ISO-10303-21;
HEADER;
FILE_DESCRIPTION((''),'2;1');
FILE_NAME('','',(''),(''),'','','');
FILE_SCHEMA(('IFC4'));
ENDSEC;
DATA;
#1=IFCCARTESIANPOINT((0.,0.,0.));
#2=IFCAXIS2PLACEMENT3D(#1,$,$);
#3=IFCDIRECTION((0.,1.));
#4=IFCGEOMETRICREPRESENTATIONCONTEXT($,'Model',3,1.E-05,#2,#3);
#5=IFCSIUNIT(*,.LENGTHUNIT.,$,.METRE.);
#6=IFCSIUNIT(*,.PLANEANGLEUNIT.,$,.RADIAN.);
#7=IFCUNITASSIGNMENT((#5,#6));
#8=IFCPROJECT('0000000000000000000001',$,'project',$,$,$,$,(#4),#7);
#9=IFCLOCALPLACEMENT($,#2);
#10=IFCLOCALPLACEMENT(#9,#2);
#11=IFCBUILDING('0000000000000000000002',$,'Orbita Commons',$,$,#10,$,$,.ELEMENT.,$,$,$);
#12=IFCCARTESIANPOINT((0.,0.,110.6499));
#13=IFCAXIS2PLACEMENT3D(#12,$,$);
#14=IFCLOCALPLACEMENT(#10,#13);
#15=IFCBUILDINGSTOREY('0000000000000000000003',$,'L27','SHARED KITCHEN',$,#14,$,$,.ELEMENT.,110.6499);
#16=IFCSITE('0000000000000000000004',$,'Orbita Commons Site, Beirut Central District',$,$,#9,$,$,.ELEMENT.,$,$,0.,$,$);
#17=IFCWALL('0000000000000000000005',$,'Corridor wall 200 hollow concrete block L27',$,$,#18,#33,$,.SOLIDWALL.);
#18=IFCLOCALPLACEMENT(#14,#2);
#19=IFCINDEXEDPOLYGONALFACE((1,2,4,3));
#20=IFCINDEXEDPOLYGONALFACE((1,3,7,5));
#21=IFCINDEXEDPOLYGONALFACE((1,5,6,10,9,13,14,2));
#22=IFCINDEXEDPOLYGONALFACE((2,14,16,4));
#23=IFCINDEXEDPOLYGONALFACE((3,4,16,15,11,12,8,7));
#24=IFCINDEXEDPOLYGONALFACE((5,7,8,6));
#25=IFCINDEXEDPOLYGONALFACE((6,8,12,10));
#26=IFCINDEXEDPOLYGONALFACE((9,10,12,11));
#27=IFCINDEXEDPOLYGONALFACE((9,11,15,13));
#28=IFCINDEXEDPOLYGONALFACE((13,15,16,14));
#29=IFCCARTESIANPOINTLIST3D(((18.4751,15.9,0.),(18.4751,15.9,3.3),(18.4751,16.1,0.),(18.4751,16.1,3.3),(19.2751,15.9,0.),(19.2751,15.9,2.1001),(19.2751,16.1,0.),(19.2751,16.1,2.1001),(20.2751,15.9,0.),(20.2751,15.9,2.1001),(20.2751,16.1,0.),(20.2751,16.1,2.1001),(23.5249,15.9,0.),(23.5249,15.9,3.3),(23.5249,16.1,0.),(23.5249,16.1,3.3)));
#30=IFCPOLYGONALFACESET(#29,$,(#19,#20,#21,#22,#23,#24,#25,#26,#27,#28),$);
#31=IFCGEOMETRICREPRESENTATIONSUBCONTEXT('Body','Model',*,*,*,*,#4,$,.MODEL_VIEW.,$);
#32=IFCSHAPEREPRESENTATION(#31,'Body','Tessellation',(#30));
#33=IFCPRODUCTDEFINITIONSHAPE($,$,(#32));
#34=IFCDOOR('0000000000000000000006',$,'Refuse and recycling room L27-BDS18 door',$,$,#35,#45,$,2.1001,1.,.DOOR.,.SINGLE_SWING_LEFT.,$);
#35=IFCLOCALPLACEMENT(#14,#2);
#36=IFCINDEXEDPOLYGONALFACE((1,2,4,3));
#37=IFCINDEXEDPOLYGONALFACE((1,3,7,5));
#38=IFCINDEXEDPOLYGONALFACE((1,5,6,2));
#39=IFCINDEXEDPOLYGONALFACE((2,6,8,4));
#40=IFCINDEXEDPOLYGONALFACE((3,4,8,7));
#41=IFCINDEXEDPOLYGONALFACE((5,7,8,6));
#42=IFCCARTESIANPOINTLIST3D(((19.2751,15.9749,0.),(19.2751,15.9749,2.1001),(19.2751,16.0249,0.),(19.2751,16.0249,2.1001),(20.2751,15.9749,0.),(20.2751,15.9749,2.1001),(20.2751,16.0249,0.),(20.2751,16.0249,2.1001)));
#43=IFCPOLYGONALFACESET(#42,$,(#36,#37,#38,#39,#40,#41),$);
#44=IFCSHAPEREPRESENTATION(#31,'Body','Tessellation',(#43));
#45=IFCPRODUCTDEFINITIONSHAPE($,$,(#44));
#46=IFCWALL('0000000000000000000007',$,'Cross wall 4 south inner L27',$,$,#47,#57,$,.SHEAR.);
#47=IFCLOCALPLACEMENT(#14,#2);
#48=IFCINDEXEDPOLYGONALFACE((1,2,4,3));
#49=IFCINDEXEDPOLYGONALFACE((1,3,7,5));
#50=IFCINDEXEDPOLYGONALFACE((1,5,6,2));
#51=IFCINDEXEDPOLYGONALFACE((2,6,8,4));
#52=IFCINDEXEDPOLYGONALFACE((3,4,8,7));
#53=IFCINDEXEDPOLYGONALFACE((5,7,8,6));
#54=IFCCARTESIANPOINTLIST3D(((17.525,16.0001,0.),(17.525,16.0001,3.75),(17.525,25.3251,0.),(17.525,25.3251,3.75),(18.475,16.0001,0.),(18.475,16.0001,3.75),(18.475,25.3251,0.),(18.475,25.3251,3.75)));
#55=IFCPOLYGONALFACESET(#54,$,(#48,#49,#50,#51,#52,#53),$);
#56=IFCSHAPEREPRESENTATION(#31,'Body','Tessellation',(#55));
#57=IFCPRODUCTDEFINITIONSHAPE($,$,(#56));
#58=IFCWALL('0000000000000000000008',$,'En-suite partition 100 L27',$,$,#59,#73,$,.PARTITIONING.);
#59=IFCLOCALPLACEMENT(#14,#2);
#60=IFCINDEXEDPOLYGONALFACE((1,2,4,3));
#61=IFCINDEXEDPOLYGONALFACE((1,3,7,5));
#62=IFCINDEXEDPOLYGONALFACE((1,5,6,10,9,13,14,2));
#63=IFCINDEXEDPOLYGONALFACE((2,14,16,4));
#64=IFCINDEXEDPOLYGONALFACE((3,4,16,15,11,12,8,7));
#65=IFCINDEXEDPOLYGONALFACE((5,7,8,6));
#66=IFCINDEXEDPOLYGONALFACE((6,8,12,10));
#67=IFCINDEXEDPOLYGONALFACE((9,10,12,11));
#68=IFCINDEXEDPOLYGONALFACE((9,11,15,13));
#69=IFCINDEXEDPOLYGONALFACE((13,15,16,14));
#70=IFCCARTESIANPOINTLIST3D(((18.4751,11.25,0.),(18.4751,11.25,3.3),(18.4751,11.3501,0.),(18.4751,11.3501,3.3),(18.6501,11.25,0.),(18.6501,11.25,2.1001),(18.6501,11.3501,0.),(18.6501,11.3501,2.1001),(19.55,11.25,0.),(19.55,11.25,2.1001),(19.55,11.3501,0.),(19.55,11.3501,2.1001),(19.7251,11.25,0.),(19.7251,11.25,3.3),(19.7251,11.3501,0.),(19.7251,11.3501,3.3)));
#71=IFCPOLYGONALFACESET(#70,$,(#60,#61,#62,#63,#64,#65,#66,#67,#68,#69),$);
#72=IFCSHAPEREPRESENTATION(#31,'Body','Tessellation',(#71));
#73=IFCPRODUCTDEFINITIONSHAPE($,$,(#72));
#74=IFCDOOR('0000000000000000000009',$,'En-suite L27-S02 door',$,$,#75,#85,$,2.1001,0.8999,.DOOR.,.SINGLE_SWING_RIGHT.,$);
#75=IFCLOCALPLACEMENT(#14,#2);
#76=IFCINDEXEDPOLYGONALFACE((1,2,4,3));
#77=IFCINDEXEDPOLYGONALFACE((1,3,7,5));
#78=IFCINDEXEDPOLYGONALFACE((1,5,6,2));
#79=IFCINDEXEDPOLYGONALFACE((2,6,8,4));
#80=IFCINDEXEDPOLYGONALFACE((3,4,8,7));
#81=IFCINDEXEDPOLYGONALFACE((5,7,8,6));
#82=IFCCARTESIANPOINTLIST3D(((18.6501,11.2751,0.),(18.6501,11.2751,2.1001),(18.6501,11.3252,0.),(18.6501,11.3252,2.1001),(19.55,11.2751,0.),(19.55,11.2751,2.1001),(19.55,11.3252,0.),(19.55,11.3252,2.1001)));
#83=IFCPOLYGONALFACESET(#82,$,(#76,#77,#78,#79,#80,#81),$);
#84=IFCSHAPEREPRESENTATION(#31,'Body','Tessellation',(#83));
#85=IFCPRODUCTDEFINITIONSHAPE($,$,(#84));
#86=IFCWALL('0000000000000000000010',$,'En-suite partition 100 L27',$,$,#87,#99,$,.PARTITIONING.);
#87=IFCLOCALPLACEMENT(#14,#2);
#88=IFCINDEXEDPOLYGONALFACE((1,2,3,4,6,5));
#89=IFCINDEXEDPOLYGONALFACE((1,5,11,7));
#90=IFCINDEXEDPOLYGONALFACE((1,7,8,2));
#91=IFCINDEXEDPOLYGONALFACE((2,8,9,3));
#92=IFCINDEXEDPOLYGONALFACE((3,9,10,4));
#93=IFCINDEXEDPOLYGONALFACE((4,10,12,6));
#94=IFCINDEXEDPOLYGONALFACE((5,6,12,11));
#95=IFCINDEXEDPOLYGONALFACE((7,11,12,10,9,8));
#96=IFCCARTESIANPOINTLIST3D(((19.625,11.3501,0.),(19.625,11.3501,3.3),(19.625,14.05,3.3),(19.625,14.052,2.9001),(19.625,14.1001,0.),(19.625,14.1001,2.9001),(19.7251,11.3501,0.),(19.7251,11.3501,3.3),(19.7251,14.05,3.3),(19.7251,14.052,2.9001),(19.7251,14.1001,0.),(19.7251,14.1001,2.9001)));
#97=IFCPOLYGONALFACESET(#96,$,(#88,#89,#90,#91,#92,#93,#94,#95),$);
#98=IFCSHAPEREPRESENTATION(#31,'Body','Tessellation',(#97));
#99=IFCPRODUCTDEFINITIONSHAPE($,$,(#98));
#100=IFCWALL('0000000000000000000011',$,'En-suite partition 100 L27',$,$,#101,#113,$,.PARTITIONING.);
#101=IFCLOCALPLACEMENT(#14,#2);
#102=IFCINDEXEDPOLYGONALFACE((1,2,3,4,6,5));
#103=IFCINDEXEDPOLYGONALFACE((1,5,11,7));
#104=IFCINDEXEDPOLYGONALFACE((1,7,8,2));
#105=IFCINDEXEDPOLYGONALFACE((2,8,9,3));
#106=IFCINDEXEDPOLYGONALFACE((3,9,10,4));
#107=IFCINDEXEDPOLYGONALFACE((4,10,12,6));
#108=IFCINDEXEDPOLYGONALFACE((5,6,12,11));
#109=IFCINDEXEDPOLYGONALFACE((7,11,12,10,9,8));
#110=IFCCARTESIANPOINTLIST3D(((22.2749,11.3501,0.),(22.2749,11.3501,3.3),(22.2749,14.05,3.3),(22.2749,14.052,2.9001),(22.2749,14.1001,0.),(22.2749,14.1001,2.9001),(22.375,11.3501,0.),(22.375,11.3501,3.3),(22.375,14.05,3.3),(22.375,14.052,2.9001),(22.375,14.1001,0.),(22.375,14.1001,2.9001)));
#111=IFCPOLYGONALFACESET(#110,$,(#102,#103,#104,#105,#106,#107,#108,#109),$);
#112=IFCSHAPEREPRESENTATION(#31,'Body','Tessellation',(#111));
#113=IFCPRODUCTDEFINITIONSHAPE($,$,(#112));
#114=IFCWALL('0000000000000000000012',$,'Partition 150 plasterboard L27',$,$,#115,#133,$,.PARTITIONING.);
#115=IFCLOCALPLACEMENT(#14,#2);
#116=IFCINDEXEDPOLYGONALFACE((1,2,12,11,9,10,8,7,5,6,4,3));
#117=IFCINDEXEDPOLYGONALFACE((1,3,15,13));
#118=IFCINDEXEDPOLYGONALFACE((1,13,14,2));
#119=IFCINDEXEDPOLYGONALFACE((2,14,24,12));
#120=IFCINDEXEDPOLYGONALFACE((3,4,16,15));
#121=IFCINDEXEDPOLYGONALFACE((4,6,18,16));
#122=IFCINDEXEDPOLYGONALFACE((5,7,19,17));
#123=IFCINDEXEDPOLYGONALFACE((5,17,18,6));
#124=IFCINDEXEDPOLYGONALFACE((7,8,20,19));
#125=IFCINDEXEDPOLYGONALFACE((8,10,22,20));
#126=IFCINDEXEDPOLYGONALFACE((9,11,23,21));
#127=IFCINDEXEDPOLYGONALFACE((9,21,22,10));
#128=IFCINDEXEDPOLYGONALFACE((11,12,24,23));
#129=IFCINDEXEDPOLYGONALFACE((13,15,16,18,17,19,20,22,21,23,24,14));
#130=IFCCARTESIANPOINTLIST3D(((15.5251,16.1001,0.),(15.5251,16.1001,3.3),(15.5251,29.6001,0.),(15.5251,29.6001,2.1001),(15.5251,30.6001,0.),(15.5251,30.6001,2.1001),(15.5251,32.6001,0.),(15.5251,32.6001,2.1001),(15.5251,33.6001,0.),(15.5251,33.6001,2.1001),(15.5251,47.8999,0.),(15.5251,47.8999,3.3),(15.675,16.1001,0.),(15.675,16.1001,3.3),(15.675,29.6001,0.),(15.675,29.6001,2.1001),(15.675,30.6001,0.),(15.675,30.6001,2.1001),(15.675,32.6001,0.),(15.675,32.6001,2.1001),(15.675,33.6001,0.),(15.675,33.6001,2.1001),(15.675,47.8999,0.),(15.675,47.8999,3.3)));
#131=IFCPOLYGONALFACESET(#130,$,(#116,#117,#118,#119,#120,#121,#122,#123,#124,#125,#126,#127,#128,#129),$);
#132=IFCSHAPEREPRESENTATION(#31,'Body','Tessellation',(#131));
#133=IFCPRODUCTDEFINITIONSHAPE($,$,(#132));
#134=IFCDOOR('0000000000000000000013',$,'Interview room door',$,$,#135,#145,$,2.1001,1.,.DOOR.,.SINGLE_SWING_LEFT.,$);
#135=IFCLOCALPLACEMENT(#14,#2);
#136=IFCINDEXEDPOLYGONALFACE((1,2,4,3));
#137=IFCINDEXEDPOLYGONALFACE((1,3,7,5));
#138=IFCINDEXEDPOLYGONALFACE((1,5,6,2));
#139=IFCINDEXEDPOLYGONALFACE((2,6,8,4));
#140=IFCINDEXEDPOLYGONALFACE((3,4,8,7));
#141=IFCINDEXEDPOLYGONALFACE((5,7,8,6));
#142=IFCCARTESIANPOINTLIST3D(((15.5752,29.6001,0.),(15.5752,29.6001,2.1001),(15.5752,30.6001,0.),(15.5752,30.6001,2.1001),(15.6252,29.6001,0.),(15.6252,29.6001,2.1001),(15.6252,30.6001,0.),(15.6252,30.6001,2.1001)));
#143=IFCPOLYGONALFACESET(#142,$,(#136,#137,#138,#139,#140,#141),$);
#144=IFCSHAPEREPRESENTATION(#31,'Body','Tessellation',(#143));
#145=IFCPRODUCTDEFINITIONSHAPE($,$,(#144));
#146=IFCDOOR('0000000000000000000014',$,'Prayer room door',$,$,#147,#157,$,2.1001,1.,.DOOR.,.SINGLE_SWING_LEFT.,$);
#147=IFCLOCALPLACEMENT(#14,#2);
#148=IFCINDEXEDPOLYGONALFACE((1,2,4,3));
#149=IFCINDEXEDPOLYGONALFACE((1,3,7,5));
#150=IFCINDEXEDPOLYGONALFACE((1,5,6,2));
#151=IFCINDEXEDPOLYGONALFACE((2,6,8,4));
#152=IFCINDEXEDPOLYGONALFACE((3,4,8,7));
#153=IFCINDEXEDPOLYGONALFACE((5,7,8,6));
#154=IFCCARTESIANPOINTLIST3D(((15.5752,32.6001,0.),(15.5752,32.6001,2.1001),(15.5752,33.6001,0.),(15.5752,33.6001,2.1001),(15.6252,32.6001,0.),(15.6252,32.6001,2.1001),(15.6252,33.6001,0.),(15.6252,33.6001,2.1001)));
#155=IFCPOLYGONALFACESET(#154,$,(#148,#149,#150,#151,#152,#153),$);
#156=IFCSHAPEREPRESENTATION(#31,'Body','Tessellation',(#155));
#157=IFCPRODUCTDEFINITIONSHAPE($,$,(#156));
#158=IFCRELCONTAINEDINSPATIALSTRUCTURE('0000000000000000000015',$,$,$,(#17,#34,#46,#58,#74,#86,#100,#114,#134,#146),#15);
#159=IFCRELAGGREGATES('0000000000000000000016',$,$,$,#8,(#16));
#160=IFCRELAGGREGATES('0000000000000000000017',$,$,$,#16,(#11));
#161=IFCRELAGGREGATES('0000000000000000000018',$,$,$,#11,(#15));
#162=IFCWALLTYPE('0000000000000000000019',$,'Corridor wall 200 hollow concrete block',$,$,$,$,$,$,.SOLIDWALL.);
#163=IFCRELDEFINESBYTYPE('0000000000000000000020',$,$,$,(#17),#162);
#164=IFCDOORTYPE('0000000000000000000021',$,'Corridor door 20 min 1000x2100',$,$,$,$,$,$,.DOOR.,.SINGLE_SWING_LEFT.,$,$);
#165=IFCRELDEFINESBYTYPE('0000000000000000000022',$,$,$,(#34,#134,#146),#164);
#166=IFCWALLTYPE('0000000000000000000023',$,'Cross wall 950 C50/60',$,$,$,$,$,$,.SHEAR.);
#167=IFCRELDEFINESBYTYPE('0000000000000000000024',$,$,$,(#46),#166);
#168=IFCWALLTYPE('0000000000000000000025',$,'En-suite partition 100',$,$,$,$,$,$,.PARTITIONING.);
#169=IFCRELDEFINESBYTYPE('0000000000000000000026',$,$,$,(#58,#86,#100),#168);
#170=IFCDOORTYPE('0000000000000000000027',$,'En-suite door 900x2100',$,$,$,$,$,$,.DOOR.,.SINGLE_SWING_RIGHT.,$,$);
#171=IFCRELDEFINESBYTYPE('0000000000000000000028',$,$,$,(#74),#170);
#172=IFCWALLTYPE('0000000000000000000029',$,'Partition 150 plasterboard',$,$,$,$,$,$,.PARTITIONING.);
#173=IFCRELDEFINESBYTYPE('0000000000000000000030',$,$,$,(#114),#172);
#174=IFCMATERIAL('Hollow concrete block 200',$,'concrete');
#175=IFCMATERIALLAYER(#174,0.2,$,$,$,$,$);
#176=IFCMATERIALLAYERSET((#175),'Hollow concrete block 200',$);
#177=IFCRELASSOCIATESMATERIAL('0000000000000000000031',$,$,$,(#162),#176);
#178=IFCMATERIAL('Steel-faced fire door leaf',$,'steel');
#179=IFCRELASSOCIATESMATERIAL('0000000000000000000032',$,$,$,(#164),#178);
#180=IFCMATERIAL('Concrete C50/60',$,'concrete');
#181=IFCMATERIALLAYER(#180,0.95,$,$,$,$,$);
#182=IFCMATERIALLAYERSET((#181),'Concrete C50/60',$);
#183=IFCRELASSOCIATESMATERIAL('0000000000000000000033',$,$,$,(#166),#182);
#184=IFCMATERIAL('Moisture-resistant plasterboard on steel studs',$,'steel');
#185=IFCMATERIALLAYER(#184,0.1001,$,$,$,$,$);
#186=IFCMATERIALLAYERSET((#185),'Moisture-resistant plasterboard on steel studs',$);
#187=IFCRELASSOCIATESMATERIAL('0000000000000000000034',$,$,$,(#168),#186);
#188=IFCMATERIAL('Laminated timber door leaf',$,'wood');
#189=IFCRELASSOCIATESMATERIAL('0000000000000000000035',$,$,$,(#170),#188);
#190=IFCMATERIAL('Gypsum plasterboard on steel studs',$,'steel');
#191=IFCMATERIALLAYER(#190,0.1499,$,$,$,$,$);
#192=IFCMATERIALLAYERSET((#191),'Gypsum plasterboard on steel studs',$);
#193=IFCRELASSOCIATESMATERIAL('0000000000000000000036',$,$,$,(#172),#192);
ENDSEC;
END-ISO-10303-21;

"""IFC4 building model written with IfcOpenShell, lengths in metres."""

from ifc_helpers import new_model, si_unit, direction, frame, frame_2d, origin, place, context, subcontext, project, spatial, polyline, rectangle, outline, extrude, material, layer, layer_set, type_object, element, fill, save


model = new_model("IFC4")

# Units and contexts
model_context = context("Model", 3, precision=1e-05, world=origin(), true_north=direction((0.0, 1.0)))
body_context = subcontext(model_context, "Body", "Model", "MODEL_VIEW")
ifc_project = project(units=[si_unit("LENGTHUNIT", "METRE"), si_unit("PLANEANGLEUNIT", "RADIAN")], contexts=[model_context])

# Site, building, storey
site_placement = place(None, origin())
site = spatial("IfcSite", under=ifc_project, at=site_placement, Name="Orbita Commons Site, Beirut Central District", CompositionType="ELEMENT", RefElevation=0.0)
building_placement = place(site_placement, origin())
building = spatial("IfcBuilding", under=site, at=building_placement, Name="Orbita Commons", CompositionType="ELEMENT")
storey_placement = place(building_placement, frame((0.0, 0.0, 110.6499)))
storey = spatial("IfcBuildingStorey", under=building, at=storey_placement, Name="L27", Description="SHARED KITCHEN", CompositionType="ELEMENT", Elevation=110.6499)

# Wall, opening, door
ifc_material_1 = material(Name="Hollow concrete block 200", Category="concrete")
ifc_layer_1 = layer(ifc_material_1, 0.2)
ifc_layer_set_1 = layer_set([ifc_layer_1], Name="Hollow concrete block 200")
wall_type_1 = type_object("IfcWallType", Name="Corridor wall 200 hollow concrete block", PredefinedType="SOLIDWALL", material=ifc_layer_set_1)
wall_1_placement = place(storey_placement, frame((18.4751, 16.0, 0.0), z_axis=(0.0, 0.0, 1.0), x_axis=(1.0, 0.0, 0.0)))
wall_1 = element("IfcWall", 1, at=wall_1_placement, inside=storey, type_object=wall_type_1, Name="Corridor wall 200 hollow concrete block L27", PredefinedType="SOLIDWALL", context=body_context, shape_type="SweptSolid", body=[
    extrude(rectangle(XDim=5.0498, YDim=0.2, at=frame_2d((2.5249, 0.0))), origin(), (0.0, 0.0, 1.0), 3.3),
])
opening_1_placement = place(wall_1_placement, frame((0.8, 0.0, 0.0)))
opening_1 = element("IfcOpeningElement", 2, at=opening_1_placement, cuts=wall_1, PredefinedType="OPENING", context=body_context, shape_type="SweptSolid", body=[
    extrude(rectangle(XDim=1.0, YDim=2.1001, at=frame_2d((0.5, 1.05))), frame((0.0, 0.1099, 0.0), z_axis=(0.0, -1.0, 0.0), x_axis=(1.0, 0.0, 0.0)), (0.0, 0.0, 1.0), 0.22),
])
ifc_material_2 = material(Name="Steel-faced fire door leaf", Category="steel")
door_type_1 = type_object("IfcDoorType", Name="Corridor door 20 min 1000x2100", OperationType="SINGLE_SWING_LEFT", PredefinedType="DOOR", material=ifc_material_2)
door_1_placement = place(opening_1_placement, origin())
door_1 = element("IfcDoor", 3, at=door_1_placement, inside=storey, type_object=door_type_1, Name="Refuse and recycling room L27-BDS18 door", OperationType="SINGLE_SWING_LEFT", OverallHeight=2.1001, OverallWidth=1.0, PredefinedType="DOOR", context=body_context, shape_type="SweptSolid", body=[
    extrude(rectangle(XDim=1.0, YDim=2.1001, at=frame_2d((0.5, 1.05))), frame((0.0, 0.0249, 0.0), z_axis=(0.0, -1.0, 0.0), x_axis=(1.0, 0.0, 0.0)), (0.0, 0.0, 1.0), 0.05),
])
fill(opening_1, door_1)

# Wall
ifc_material_3 = material(Name="Concrete C50/60", Category="concrete")
ifc_layer_2 = layer(ifc_material_3, 0.95)
ifc_layer_set_2 = layer_set([ifc_layer_2], Name="Concrete C50/60")
wall_type_2 = type_object("IfcWallType", Name="Cross wall 950 C50/60", PredefinedType="SHEAR", material=ifc_layer_set_2)
wall_2_placement = place(storey_placement, frame((18.0, 16.0, 0.0), z_axis=(0.0, 0.0, 1.0), x_axis=(0.0, 1.0, 0.0)))
element("IfcWall", 4, at=wall_2_placement, inside=storey, type_object=wall_type_2, Name="Cross wall 4 south inner L27", PredefinedType="SHEAR", context=body_context, shape_type="SweptSolid", body=[
    extrude(rectangle(XDim=9.325, YDim=0.95, at=frame_2d((4.6626, 0.0))), origin(), (0.0, 0.0, 1.0), 3.75),
])

# Wall, opening, door
ifc_material_4 = material(Name="Moisture-resistant plasterboard on steel studs", Category="steel")
ifc_layer_3 = layer(ifc_material_4, 0.1001)
ifc_layer_set_3 = layer_set([ifc_layer_3], Name="Moisture-resistant plasterboard on steel studs")
wall_type_3 = type_object("IfcWallType", Name="En-suite partition 100", PredefinedType="PARTITIONING", material=ifc_layer_set_3)
wall_3_placement = place(storey_placement, frame((19.7251, 11.3, 0.0), z_axis=(0.0, 0.0, 1.0), x_axis=(-1.0, 0.0, 0.0)))
wall_3 = element("IfcWall", 5, at=wall_3_placement, inside=storey, type_object=wall_type_3, Name="En-suite partition 100 L27", PredefinedType="PARTITIONING", context=body_context, shape_type="SweptSolid", body=[
    extrude(rectangle(XDim=1.25, YDim=0.1001, at=frame_2d((0.625, 0.0))), origin(), (0.0, 0.0, 1.0), 3.3),
])
opening_2_placement = place(wall_3_placement, frame((0.175, 0.0, 0.0)))
opening_2 = element("IfcOpeningElement", 6, at=opening_2_placement, cuts=wall_3, PredefinedType="OPENING", context=body_context, shape_type="SweptSolid", body=[
    extrude(rectangle(XDim=0.8999, YDim=2.1001, at=frame_2d((0.45, 1.05))), frame((0.0, 0.0601, 0.0), z_axis=(0.0, -1.0, 0.0), x_axis=(1.0, 0.0, 0.0)), (0.0, 0.0, 1.0), 0.1201),
])
ifc_material_5 = material(Name="Laminated timber door leaf", Category="wood")
door_type_2 = type_object("IfcDoorType", Name="En-suite door 900x2100", OperationType="SINGLE_SWING_RIGHT", PredefinedType="DOOR", material=ifc_material_5)
door_2_placement = place(opening_2_placement, origin())
door_2 = element("IfcDoor", 7, at=door_2_placement, inside=storey, type_object=door_type_2, Name="En-suite L27-S02 door", OperationType="SINGLE_SWING_RIGHT", OverallHeight=2.1001, OverallWidth=0.8999, PredefinedType="DOOR", context=body_context, shape_type="SweptSolid", body=[
    extrude(rectangle(XDim=0.8999, YDim=2.1001, at=frame_2d((0.45, 1.05))), frame((0.0, 0.0249, 0.0), z_axis=(0.0, -1.0, 0.0), x_axis=(1.0, 0.0, 0.0)), (0.0, 0.0, 1.0), 0.05),
])
fill(opening_2, door_2)

# Walls
for number, where, z_axis, x_axis, name in (
    (8, (19.675, 11.3501, 0.0), (0.0, 0.0, 1.0), (0.0, 1.0, 0.0), "En-suite partition 100 L27"),
    (9, (22.325, 11.3501, 0.0), (0.0, 0.0, 1.0), (0.0, 1.0, 0.0), "En-suite partition 100 L27"),
):
    element("IfcWall", number, at=place(storey_placement, frame(where, z_axis=z_axis, x_axis=x_axis)), inside=storey, type_object=wall_type_3, Name=name, PredefinedType="PARTITIONING", context=body_context, shape_type="SweptSolid", body=[
        extrude(outline(polyline([(0.0, 0.0), (2.75, 0.0), (2.75, 2.9001), (2.7019, 2.9001), (2.7, 3.3), (0.0, 3.3), (0.0, 0.0)])), frame((0.0, 0.05, 0.0), z_axis=(0.0, -1.0, 0.0), x_axis=(1.0, 0.0, 0.0)), (0.0, 0.0, 1.0), 0.1001),
    ])

# Wall, openings, doors
ifc_material_6 = material(Name="Gypsum plasterboard on steel studs", Category="steel")
ifc_layer_4 = layer(ifc_material_6, 0.1499)
ifc_layer_set_4 = layer_set([ifc_layer_4], Name="Gypsum plasterboard on steel studs")
wall_type_4 = type_object("IfcWallType", Name="Partition 150 plasterboard", PredefinedType="PARTITIONING", material=ifc_layer_set_4)
wall_4_placement = place(storey_placement, frame((15.6001, 16.1001, 0.0), z_axis=(0.0, 0.0, 1.0), x_axis=(0.0, 1.0, 0.0)))
wall_4 = element("IfcWall", 10, at=wall_4_placement, inside=storey, type_object=wall_type_4, Name="Partition 150 plasterboard L27", PredefinedType="PARTITIONING", context=body_context, shape_type="SweptSolid", body=[
    extrude(rectangle(XDim=31.7998, YDim=0.1499, at=frame_2d((15.8999, 0.0))), origin(), (0.0, 0.0, 1.0), 3.3),
])
opening_3_placement = place(wall_4_placement, frame((13.5, 0.0, 0.0)))
opening_3 = element("IfcOpeningElement", 11, at=opening_3_placement, cuts=wall_4, PredefinedType="OPENING", context=body_context, shape_type="SweptSolid", body=[
    extrude(rectangle(XDim=1.0, YDim=2.1001, at=frame_2d((0.5, 1.05))), frame((0.0, 0.085, 0.0), z_axis=(0.0, -1.0, 0.0), x_axis=(1.0, 0.0, 0.0)), (0.0, 0.0, 1.0), 0.1699),
])
opening_4_placement = place(wall_4_placement, frame((16.5, 0.0, 0.0)))
opening_4 = element("IfcOpeningElement", 12, at=opening_4_placement, cuts=wall_4, PredefinedType="OPENING", context=body_context, shape_type="SweptSolid", body=[
    extrude(rectangle(XDim=1.0, YDim=2.1001, at=frame_2d((0.5, 1.05))), frame((0.0, 0.085, 0.0), z_axis=(0.0, -1.0, 0.0), x_axis=(1.0, 0.0, 0.0)), (0.0, 0.0, 1.0), 0.1699),
])
door_3_placement = place(opening_3_placement, origin())
door_3 = element("IfcDoor", 13, at=door_3_placement, inside=storey, type_object=door_type_1, Name="Interview room door", OperationType="SINGLE_SWING_LEFT", OverallHeight=2.1001, OverallWidth=1.0, PredefinedType="DOOR", context=body_context, shape_type="SweptSolid", body=[
    extrude(rectangle(XDim=1.0, YDim=2.1001, at=frame_2d((0.5, 1.05))), frame((0.0, 0.0249, 0.0), z_axis=(0.0, -1.0, 0.0), x_axis=(1.0, 0.0, 0.0)), (0.0, 0.0, 1.0), 0.05),
])
fill(opening_3, door_3)
door_4_placement = place(opening_4_placement, origin())
door_4 = element("IfcDoor", 14, at=door_4_placement, inside=storey, type_object=door_type_1, Name="Prayer room door", OperationType="SINGLE_SWING_LEFT", OverallHeight=2.1001, OverallWidth=1.0, PredefinedType="DOOR", context=body_context, shape_type="SweptSolid", body=[
    extrude(rectangle(XDim=1.0, YDim=2.1001, at=frame_2d((0.5, 1.05))), frame((0.0, 0.0249, 0.0), z_axis=(0.0, -1.0, 0.0), x_axis=(1.0, 0.0, 0.0)), (0.0, 0.0, 1.0), 0.05),
])
fill(opening_4, door_4)

save(model, "model.ifc")
